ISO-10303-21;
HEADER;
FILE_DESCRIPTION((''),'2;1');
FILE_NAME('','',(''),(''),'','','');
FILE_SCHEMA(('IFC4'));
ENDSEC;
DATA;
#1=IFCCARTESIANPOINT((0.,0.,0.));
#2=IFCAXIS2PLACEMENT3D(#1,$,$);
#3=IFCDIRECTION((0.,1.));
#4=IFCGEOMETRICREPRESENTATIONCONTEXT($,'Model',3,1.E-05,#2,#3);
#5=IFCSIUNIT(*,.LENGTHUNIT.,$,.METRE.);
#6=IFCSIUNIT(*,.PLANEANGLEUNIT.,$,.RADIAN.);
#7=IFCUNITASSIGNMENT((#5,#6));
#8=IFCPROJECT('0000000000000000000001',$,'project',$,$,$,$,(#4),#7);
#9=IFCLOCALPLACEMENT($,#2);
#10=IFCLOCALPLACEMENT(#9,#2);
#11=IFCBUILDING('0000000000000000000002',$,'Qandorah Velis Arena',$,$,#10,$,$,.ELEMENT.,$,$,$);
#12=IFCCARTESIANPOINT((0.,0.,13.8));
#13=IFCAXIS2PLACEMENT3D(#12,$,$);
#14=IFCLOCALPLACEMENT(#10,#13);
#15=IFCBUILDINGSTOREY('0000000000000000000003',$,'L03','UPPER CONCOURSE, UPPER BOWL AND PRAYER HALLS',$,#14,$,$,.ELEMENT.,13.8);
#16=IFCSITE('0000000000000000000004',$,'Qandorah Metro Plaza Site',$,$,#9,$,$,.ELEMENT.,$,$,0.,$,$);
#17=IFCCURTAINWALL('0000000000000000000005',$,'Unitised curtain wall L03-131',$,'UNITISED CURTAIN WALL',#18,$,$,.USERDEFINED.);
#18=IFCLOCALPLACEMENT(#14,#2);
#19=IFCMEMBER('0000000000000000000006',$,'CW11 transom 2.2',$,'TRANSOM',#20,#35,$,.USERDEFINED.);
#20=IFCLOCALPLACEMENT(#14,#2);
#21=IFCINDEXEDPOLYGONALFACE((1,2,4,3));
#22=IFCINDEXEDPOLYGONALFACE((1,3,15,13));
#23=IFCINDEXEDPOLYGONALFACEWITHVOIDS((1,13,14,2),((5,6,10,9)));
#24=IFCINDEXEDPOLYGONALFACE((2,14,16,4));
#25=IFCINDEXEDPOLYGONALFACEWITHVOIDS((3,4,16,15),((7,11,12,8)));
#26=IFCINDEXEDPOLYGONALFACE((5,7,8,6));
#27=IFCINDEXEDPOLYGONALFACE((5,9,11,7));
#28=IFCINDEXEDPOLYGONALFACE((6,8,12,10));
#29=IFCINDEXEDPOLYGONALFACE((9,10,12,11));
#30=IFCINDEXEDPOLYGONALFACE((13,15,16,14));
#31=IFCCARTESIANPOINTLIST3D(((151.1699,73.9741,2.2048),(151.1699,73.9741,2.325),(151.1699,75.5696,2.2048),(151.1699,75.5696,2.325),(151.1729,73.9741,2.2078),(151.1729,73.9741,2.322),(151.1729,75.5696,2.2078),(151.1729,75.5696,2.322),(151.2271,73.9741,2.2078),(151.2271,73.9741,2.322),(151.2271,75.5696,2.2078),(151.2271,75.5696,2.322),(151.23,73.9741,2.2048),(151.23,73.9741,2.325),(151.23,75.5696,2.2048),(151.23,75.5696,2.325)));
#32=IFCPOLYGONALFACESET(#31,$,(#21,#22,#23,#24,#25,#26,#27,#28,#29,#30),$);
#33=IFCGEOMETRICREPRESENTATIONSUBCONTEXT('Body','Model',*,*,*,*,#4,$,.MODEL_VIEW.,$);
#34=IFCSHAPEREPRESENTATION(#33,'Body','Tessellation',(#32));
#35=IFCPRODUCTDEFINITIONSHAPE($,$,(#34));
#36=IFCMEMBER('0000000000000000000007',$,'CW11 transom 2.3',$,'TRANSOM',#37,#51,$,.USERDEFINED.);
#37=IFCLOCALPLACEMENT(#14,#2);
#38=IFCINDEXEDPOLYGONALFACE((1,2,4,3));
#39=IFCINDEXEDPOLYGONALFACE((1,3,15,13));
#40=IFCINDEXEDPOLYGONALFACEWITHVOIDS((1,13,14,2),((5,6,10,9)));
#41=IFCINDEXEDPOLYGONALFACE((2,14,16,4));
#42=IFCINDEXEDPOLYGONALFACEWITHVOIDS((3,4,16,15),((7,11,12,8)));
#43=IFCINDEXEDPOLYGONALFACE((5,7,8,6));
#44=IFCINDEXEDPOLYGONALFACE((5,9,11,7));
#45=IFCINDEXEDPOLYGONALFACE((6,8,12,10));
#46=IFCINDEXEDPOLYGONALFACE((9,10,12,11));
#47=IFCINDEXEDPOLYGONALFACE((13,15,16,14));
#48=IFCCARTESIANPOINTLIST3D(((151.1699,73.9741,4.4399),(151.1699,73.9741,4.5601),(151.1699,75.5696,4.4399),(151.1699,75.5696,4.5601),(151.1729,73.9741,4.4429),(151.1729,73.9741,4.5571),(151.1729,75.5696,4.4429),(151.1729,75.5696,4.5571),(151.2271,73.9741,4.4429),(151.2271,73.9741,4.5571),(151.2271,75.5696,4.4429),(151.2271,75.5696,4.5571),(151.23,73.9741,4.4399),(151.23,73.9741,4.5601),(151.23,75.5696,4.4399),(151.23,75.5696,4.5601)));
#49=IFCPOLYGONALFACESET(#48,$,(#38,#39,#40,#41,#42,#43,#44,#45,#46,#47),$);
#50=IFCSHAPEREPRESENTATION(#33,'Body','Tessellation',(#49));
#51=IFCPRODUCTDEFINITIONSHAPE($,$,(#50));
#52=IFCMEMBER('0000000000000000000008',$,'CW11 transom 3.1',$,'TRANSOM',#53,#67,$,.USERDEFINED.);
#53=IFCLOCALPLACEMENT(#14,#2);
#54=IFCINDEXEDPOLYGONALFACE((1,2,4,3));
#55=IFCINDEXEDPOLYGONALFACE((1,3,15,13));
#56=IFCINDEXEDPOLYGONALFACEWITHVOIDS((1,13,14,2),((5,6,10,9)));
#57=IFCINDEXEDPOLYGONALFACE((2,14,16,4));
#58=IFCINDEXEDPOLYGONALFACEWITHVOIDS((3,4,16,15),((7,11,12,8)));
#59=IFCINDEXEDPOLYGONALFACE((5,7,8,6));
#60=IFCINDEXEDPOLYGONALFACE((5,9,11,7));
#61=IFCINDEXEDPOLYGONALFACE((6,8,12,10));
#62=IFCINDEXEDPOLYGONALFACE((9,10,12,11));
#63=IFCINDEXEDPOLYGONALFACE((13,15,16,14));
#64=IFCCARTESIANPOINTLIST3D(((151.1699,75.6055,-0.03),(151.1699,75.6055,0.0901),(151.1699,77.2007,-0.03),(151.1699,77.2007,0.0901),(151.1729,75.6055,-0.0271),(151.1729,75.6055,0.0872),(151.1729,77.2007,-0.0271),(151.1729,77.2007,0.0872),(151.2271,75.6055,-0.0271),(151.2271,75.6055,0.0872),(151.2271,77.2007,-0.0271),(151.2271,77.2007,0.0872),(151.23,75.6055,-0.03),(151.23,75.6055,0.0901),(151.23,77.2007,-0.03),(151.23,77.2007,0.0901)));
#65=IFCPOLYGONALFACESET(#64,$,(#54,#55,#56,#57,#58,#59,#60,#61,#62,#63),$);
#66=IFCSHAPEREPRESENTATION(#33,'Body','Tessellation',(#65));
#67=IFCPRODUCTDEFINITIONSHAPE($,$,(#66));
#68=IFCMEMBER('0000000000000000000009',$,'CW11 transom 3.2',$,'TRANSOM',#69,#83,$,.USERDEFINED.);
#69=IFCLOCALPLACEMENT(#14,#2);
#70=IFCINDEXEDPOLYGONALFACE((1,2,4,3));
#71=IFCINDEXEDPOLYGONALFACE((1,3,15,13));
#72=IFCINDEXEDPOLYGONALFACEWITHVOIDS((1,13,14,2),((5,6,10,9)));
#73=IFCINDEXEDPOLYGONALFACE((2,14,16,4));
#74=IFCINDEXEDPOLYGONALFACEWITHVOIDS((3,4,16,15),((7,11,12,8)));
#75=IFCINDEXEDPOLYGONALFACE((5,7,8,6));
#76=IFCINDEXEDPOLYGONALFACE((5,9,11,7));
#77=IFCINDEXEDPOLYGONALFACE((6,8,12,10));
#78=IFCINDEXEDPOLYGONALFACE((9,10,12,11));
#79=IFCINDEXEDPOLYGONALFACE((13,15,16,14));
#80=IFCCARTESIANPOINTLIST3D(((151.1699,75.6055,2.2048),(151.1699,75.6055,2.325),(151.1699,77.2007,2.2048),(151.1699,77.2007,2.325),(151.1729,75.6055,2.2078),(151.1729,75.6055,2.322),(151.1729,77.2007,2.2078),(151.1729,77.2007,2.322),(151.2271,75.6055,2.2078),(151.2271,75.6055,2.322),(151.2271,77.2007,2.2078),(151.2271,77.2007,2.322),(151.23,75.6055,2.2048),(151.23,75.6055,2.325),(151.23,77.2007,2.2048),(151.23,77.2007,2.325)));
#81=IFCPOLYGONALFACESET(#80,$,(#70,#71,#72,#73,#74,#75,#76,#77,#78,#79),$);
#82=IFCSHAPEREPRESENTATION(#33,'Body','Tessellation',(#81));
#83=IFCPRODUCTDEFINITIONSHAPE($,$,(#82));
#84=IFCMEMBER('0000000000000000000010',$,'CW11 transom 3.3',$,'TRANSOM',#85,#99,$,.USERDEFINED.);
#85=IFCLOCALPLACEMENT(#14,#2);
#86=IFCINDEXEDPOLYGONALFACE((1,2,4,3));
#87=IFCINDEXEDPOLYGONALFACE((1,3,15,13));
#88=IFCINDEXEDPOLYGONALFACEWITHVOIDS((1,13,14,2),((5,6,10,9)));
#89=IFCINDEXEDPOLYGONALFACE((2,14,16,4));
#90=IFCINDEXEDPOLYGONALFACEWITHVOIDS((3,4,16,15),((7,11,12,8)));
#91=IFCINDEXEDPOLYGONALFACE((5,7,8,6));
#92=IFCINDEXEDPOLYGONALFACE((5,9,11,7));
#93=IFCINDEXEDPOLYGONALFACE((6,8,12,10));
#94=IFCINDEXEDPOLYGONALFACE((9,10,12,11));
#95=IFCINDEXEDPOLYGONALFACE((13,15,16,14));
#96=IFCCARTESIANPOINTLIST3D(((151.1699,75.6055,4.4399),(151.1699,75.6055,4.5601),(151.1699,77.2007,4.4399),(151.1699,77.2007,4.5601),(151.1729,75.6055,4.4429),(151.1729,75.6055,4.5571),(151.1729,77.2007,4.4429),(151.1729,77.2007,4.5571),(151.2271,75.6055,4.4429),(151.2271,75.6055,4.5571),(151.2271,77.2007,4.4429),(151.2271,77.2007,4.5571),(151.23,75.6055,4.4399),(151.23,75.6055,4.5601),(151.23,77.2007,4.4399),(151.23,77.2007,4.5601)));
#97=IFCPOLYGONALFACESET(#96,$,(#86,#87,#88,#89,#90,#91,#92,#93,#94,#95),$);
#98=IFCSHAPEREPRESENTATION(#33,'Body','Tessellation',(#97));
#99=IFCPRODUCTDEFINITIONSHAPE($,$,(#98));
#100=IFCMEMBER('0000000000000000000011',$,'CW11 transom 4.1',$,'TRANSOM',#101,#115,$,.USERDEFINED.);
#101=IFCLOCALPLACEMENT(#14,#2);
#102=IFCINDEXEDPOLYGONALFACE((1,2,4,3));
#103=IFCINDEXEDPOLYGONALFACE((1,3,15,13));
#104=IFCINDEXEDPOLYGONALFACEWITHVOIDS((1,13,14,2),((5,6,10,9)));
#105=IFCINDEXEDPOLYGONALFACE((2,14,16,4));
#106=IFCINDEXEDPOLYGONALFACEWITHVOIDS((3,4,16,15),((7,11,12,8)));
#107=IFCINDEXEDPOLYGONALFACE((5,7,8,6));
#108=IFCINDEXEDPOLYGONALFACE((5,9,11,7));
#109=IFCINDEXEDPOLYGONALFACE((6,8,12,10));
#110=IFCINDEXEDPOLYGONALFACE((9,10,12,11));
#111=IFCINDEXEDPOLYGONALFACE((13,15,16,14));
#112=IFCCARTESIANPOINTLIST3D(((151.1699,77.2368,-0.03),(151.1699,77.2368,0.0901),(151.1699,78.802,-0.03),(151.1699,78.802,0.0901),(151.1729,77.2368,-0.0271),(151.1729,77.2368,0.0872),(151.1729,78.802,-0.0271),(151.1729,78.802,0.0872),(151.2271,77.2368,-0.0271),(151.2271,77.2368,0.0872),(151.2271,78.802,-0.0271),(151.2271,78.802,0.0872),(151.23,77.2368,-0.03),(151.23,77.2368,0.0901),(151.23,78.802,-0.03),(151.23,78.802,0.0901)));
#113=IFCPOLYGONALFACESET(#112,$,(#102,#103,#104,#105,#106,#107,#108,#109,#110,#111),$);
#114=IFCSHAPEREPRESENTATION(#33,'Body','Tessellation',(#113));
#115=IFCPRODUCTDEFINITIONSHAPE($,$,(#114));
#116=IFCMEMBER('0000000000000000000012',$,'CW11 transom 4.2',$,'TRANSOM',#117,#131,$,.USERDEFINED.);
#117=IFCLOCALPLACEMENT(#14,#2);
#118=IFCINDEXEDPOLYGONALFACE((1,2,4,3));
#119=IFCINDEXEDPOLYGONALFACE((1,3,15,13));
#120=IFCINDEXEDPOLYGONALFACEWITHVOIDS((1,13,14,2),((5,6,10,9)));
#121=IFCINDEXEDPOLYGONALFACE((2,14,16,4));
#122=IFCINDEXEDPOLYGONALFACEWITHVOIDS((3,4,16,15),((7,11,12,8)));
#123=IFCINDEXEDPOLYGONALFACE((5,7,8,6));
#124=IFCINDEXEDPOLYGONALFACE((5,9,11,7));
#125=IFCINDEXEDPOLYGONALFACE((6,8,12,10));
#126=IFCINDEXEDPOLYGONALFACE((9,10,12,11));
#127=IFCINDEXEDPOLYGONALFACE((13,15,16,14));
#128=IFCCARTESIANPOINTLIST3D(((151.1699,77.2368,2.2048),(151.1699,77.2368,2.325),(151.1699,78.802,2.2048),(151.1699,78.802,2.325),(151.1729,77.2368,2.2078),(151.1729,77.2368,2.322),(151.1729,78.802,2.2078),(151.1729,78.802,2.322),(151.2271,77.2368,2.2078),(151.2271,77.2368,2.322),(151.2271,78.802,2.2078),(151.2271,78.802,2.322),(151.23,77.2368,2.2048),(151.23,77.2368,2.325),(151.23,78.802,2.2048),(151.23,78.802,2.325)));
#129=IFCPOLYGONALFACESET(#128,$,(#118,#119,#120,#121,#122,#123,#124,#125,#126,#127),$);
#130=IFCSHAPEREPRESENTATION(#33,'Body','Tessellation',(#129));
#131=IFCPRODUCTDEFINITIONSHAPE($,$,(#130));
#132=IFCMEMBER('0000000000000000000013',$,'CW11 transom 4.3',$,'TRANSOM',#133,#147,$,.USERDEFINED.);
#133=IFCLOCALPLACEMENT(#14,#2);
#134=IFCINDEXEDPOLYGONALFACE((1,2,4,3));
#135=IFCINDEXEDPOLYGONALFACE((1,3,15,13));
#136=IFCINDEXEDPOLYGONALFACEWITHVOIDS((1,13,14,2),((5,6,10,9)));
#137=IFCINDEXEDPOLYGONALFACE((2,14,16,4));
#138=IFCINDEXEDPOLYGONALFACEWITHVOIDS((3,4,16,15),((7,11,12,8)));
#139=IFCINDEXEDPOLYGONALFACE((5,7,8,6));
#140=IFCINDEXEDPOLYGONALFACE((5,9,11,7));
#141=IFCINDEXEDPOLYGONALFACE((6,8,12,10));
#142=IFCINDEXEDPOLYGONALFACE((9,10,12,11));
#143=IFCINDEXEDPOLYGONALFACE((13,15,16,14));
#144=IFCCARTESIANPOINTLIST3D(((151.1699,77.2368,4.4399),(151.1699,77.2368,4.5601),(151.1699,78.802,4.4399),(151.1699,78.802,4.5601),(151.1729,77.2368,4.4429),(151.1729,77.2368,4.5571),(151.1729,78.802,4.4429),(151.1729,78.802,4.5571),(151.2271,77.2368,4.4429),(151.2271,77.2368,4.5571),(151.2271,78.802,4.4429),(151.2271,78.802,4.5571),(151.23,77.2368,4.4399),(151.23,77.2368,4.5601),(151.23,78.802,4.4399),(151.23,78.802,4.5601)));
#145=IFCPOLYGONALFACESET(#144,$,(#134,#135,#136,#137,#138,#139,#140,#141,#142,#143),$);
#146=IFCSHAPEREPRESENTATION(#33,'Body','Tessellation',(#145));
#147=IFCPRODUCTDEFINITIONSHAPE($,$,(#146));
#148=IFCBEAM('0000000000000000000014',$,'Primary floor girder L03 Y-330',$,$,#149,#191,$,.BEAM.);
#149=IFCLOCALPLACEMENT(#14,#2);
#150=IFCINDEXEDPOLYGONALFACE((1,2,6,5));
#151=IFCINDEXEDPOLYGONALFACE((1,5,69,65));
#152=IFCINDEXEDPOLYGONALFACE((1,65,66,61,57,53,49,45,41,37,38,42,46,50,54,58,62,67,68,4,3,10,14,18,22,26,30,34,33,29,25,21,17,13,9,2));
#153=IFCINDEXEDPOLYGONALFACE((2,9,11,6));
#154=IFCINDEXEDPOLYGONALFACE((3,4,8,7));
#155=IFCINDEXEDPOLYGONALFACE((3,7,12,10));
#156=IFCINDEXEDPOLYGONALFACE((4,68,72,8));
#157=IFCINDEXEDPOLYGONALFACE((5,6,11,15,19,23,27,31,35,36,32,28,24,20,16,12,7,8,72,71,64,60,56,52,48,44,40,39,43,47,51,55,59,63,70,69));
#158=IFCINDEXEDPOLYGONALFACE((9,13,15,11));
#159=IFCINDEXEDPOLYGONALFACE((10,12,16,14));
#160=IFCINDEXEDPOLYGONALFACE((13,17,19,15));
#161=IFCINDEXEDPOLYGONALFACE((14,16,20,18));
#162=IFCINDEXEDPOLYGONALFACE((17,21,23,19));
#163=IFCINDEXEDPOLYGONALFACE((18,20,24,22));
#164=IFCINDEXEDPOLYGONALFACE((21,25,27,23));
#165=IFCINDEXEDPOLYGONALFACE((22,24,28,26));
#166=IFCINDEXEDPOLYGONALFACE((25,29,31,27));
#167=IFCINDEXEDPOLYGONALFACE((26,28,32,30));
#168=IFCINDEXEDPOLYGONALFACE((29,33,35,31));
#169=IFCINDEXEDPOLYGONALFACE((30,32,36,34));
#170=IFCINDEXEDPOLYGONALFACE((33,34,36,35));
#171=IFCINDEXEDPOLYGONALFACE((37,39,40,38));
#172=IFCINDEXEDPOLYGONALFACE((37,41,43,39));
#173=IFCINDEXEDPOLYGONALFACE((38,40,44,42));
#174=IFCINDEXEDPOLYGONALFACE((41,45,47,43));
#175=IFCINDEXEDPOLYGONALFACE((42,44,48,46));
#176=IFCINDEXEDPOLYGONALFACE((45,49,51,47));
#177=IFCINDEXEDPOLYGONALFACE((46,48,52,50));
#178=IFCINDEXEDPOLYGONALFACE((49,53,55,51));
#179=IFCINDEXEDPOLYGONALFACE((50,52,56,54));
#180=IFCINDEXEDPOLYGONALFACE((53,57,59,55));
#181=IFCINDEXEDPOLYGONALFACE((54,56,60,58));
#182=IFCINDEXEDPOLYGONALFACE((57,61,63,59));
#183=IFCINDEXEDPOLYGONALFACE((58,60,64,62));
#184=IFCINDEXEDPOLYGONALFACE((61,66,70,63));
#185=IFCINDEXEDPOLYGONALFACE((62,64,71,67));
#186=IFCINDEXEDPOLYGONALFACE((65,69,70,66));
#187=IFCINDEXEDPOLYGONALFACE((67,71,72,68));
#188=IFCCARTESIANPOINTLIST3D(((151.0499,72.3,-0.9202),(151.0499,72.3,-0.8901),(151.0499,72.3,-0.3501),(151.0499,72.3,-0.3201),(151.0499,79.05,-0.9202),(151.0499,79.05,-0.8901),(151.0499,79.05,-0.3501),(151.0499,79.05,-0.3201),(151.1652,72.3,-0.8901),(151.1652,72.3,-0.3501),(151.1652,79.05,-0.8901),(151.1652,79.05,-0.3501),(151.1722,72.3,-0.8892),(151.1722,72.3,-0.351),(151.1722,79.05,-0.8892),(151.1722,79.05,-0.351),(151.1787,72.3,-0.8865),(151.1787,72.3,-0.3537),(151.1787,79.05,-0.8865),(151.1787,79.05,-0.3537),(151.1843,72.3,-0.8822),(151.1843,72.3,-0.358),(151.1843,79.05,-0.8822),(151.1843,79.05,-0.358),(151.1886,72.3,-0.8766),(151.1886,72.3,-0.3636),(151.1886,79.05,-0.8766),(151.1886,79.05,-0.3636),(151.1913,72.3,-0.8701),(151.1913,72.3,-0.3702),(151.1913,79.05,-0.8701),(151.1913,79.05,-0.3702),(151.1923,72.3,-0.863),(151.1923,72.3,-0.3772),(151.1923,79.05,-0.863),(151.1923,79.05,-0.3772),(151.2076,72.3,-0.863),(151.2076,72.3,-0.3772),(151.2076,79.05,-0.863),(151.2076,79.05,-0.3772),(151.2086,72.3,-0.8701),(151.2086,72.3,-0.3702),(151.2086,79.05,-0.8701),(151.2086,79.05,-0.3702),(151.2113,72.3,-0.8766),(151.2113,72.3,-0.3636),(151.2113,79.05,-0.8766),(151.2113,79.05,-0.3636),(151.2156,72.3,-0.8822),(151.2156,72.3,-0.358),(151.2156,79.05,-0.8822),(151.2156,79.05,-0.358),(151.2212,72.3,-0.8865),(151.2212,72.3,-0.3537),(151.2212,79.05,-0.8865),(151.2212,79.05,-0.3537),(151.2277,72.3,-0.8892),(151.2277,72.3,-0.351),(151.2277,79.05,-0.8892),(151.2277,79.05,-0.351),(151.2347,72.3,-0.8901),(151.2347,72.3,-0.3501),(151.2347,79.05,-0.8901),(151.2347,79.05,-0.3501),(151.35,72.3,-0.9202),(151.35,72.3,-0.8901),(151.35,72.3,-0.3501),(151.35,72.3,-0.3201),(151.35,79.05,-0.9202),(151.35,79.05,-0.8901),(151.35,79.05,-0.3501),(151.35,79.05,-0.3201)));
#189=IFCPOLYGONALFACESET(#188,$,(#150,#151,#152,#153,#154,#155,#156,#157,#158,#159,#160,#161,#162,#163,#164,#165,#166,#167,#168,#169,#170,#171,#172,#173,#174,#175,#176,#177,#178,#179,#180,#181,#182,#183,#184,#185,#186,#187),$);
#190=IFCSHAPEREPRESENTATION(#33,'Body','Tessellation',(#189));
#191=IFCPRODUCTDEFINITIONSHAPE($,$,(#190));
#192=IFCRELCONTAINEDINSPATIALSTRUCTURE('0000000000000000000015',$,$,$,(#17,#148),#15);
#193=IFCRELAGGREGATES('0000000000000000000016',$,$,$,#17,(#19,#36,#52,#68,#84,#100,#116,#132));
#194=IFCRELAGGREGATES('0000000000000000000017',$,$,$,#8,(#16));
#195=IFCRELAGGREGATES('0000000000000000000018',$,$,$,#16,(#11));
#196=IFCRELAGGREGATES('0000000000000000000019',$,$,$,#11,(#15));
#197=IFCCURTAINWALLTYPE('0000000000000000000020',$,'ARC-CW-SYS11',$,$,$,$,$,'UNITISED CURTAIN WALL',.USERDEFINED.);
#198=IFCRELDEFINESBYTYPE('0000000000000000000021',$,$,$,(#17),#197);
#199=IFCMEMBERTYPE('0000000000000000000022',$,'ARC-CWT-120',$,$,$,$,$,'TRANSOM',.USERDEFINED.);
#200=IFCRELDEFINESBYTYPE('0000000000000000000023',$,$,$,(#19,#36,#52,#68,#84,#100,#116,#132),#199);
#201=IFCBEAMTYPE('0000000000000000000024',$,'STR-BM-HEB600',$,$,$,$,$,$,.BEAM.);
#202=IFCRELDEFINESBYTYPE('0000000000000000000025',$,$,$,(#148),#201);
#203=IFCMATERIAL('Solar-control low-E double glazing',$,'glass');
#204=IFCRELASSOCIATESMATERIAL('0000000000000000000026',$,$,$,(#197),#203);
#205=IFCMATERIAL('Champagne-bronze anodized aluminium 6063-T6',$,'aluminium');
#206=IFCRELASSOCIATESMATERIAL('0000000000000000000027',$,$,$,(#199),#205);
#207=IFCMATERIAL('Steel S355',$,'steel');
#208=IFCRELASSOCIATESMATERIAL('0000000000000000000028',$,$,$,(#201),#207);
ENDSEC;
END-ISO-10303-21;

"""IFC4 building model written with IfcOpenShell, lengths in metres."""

from ifc_helpers import new_model, si_unit, direction, frame, origin, origin_2d, place, context, subcontext, project, spatial, hollow_rectangle, i_section, extrude, material, material_profile, profile_set, type_object, element, aggregate, save


model = new_model("IFC4")

# Units and contexts
model_context = context("Model", 3, precision=1e-05, world=origin(), true_north=direction((0.0, 1.0)))
body_context = subcontext(model_context, "Body", "Model", "MODEL_VIEW")
ifc_project = project(units=[si_unit("LENGTHUNIT", "METRE"), si_unit("PLANEANGLEUNIT", "RADIAN")], contexts=[model_context])

# Site, building, storey
site_placement = place(None, origin())
site = spatial("IfcSite", under=ifc_project, at=site_placement, Name="Qandorah Metro Plaza Site", CompositionType="ELEMENT", RefElevation=0.0)
building_placement = place(site_placement, origin())
building = spatial("IfcBuilding", under=site, at=building_placement, Name="Qandorah Velis Arena", CompositionType="ELEMENT")
storey_placement = place(building_placement, frame((0.0, 0.0, 13.8)))
storey = spatial("IfcBuildingStorey", under=building, at=storey_placement, Name="L03", Description="UPPER CONCOURSE, UPPER BOWL AND PRAYER HALLS", CompositionType="ELEMENT", Elevation=13.8)

# Curtain wall
ifc_material_1 = material(Name="Solar-control low-E double glazing", Category="glass")
curtain_wall_type_1 = type_object("IfcCurtainWallType", Name="ARC-CW-SYS11", ElementType="UNITISED CURTAIN WALL", PredefinedType="USERDEFINED", material=ifc_material_1)
curtain_wall_1_placement = place(storey_placement, origin())
curtain_wall_1 = element("IfcCurtainWall", 1, at=curtain_wall_1_placement, inside=storey, type_object=curtain_wall_type_1, Name="Unitised curtain wall L03-131", ObjectType="UNITISED CURTAIN WALL", PredefinedType="USERDEFINED")
ifc_material_2 = material(Name="Champagne-bronze anodized aluminium 6063-T6", Category="aluminium")

# Members
ifc_material_profile_1 = material_profile(ifc_material_2, hollow_rectangle(XDim=0.0601, YDim=0.1201, WallThickness=0.0029, at=origin_2d()), Name="ALU TRANSOM 60x120")
ifc_profile_set_1 = profile_set([ifc_material_profile_1], Name="Champagne-bronze anodized aluminium 6063-T6")
member_type_1 = type_object("IfcMemberType", Name="ARC-CWT-120", ElementType="TRANSOM", PredefinedType="USERDEFINED", material=ifc_profile_set_1)
member_1_placement = place(storey_placement, frame((151.2, 73.9741, 2.2649), z_axis=(0.0, 1.0, 0.0), x_axis=(-1.0, 0.0, 0.0)))
member_1 = element("IfcMember", 2, at=member_1_placement, type_object=member_type_1, Name="CW11 transom 2.2", ObjectType="TRANSOM", PredefinedType="USERDEFINED", context=body_context, shape_type="SweptSolid", body=[
    extrude(hollow_rectangle(XDim=0.0601, YDim=0.1201, WallThickness=0.0029, at=origin_2d()), origin(), (0.0, 0.0, 1.0), 1.5955),
])
member_2_placement = place(storey_placement, frame((151.2, 73.9741, 4.5), z_axis=(0.0, 1.0, 0.0), x_axis=(-1.0, 0.0, 0.0)))
member_2 = element("IfcMember", 3, at=member_2_placement, type_object=member_type_1, Name="CW11 transom 2.3", ObjectType="TRANSOM", PredefinedType="USERDEFINED", context=body_context, shape_type="SweptSolid", body=[
    extrude(hollow_rectangle(XDim=0.0601, YDim=0.1201, WallThickness=0.0029, at=origin_2d()), origin(), (0.0, 0.0, 1.0), 1.5955),
])
member_3_placement = place(storey_placement, frame((151.2, 75.6055, 0.03), z_axis=(0.0, 1.0, 0.0), x_axis=(-1.0, 0.0, 0.0)))
member_3 = element("IfcMember", 4, at=member_3_placement, type_object=member_type_1, Name="CW11 transom 3.1", ObjectType="TRANSOM", PredefinedType="USERDEFINED", context=body_context, shape_type="SweptSolid", body=[
    extrude(hollow_rectangle(XDim=0.0601, YDim=0.1201, WallThickness=0.0029, at=origin_2d()), origin(), (0.0, 0.0, 1.0), 1.5952),
])
member_4_placement = place(storey_placement, frame((151.2, 75.6055, 2.2649), z_axis=(0.0, 1.0, 0.0), x_axis=(-1.0, 0.0, 0.0)))
member_4 = element("IfcMember", 5, at=member_4_placement, type_object=member_type_1, Name="CW11 transom 3.2", ObjectType="TRANSOM", PredefinedType="USERDEFINED", context=body_context, shape_type="SweptSolid", body=[
    extrude(hollow_rectangle(XDim=0.0601, YDim=0.1201, WallThickness=0.0029, at=origin_2d()), origin(), (0.0, 0.0, 1.0), 1.5952),
])
member_5_placement = place(storey_placement, frame((151.2, 75.6055, 4.5), z_axis=(0.0, 1.0, 0.0), x_axis=(-1.0, 0.0, 0.0)))
member_5 = element("IfcMember", 6, at=member_5_placement, type_object=member_type_1, Name="CW11 transom 3.3", ObjectType="TRANSOM", PredefinedType="USERDEFINED", context=body_context, shape_type="SweptSolid", body=[
    extrude(hollow_rectangle(XDim=0.0601, YDim=0.1201, WallThickness=0.0029, at=origin_2d()), origin(), (0.0, 0.0, 1.0), 1.5952),
])
member_6_placement = place(storey_placement, frame((151.2, 77.2368, 0.03), z_axis=(0.0, 1.0, 0.0), x_axis=(-1.0, 0.0, 0.0)))
member_6 = element("IfcMember", 7, at=member_6_placement, type_object=member_type_1, Name="CW11 transom 4.1", ObjectType="TRANSOM", PredefinedType="USERDEFINED", context=body_context, shape_type="SweptSolid", body=[
    extrude(hollow_rectangle(XDim=0.0601, YDim=0.1201, WallThickness=0.0029, at=origin_2d()), origin(), (0.0, 0.0, 1.0), 1.5652),
])
member_7_placement = place(storey_placement, frame((151.2, 77.2368, 2.2649), z_axis=(0.0, 1.0, 0.0), x_axis=(-1.0, 0.0, 0.0)))
member_7 = element("IfcMember", 8, at=member_7_placement, type_object=member_type_1, Name="CW11 transom 4.2", ObjectType="TRANSOM", PredefinedType="USERDEFINED", context=body_context, shape_type="SweptSolid", body=[
    extrude(hollow_rectangle(XDim=0.0601, YDim=0.1201, WallThickness=0.0029, at=origin_2d()), origin(), (0.0, 0.0, 1.0), 1.5652),
])
member_8_placement = place(storey_placement, frame((151.2, 77.2368, 4.5), z_axis=(0.0, 1.0, 0.0), x_axis=(-1.0, 0.0, 0.0)))
member_8 = element("IfcMember", 9, at=member_8_placement, type_object=member_type_1, Name="CW11 transom 4.3", ObjectType="TRANSOM", PredefinedType="USERDEFINED", context=body_context, shape_type="SweptSolid", body=[
    extrude(hollow_rectangle(XDim=0.0601, YDim=0.1201, WallThickness=0.0029, at=origin_2d()), origin(), (0.0, 0.0, 1.0), 1.5652),
])

# Beam
ifc_material_3 = material(Name="Steel S355", Category="steel")
ifc_material_profile_2 = material_profile(ifc_material_3, i_section(OverallWidth=0.3, OverallDepth=0.6001, WebThickness=0.0154, FlangeThickness=0.03, FilletRadius=0.0271, at=origin_2d()), Name="HEB 600")
ifc_profile_set_2 = profile_set([ifc_material_profile_2], Name="Steel S355")
beam_type_1 = type_object("IfcBeamType", Name="STR-BM-HEB600", PredefinedType="BEAM", material=ifc_profile_set_2)
for number, where, z_axis, x_axis, name in (
    (10, (151.2, 72.3, -0.6201), (0.0, 1.0, 0.0), (-1.0, 0.0, 0.0), "Primary floor girder L03 Y-330"),
):
    element("IfcBeam", number, at=place(storey_placement, frame(where, z_axis=z_axis, x_axis=x_axis)), inside=storey, type_object=beam_type_1, Name=name, PredefinedType="BEAM", context=body_context, shape_type="SweptSolid", body=[
        extrude(i_section(OverallWidth=0.3, OverallDepth=0.6001, WebThickness=0.0154, FlangeThickness=0.03, FilletRadius=0.0271, at=origin_2d()), origin(), (0.0, 0.0, 1.0), 6.75),
    ])

aggregate(curtain_wall_1, [member_1, member_2, member_3, member_4, member_5, member_6, member_7, member_8])

save(model, "model.ifc")
